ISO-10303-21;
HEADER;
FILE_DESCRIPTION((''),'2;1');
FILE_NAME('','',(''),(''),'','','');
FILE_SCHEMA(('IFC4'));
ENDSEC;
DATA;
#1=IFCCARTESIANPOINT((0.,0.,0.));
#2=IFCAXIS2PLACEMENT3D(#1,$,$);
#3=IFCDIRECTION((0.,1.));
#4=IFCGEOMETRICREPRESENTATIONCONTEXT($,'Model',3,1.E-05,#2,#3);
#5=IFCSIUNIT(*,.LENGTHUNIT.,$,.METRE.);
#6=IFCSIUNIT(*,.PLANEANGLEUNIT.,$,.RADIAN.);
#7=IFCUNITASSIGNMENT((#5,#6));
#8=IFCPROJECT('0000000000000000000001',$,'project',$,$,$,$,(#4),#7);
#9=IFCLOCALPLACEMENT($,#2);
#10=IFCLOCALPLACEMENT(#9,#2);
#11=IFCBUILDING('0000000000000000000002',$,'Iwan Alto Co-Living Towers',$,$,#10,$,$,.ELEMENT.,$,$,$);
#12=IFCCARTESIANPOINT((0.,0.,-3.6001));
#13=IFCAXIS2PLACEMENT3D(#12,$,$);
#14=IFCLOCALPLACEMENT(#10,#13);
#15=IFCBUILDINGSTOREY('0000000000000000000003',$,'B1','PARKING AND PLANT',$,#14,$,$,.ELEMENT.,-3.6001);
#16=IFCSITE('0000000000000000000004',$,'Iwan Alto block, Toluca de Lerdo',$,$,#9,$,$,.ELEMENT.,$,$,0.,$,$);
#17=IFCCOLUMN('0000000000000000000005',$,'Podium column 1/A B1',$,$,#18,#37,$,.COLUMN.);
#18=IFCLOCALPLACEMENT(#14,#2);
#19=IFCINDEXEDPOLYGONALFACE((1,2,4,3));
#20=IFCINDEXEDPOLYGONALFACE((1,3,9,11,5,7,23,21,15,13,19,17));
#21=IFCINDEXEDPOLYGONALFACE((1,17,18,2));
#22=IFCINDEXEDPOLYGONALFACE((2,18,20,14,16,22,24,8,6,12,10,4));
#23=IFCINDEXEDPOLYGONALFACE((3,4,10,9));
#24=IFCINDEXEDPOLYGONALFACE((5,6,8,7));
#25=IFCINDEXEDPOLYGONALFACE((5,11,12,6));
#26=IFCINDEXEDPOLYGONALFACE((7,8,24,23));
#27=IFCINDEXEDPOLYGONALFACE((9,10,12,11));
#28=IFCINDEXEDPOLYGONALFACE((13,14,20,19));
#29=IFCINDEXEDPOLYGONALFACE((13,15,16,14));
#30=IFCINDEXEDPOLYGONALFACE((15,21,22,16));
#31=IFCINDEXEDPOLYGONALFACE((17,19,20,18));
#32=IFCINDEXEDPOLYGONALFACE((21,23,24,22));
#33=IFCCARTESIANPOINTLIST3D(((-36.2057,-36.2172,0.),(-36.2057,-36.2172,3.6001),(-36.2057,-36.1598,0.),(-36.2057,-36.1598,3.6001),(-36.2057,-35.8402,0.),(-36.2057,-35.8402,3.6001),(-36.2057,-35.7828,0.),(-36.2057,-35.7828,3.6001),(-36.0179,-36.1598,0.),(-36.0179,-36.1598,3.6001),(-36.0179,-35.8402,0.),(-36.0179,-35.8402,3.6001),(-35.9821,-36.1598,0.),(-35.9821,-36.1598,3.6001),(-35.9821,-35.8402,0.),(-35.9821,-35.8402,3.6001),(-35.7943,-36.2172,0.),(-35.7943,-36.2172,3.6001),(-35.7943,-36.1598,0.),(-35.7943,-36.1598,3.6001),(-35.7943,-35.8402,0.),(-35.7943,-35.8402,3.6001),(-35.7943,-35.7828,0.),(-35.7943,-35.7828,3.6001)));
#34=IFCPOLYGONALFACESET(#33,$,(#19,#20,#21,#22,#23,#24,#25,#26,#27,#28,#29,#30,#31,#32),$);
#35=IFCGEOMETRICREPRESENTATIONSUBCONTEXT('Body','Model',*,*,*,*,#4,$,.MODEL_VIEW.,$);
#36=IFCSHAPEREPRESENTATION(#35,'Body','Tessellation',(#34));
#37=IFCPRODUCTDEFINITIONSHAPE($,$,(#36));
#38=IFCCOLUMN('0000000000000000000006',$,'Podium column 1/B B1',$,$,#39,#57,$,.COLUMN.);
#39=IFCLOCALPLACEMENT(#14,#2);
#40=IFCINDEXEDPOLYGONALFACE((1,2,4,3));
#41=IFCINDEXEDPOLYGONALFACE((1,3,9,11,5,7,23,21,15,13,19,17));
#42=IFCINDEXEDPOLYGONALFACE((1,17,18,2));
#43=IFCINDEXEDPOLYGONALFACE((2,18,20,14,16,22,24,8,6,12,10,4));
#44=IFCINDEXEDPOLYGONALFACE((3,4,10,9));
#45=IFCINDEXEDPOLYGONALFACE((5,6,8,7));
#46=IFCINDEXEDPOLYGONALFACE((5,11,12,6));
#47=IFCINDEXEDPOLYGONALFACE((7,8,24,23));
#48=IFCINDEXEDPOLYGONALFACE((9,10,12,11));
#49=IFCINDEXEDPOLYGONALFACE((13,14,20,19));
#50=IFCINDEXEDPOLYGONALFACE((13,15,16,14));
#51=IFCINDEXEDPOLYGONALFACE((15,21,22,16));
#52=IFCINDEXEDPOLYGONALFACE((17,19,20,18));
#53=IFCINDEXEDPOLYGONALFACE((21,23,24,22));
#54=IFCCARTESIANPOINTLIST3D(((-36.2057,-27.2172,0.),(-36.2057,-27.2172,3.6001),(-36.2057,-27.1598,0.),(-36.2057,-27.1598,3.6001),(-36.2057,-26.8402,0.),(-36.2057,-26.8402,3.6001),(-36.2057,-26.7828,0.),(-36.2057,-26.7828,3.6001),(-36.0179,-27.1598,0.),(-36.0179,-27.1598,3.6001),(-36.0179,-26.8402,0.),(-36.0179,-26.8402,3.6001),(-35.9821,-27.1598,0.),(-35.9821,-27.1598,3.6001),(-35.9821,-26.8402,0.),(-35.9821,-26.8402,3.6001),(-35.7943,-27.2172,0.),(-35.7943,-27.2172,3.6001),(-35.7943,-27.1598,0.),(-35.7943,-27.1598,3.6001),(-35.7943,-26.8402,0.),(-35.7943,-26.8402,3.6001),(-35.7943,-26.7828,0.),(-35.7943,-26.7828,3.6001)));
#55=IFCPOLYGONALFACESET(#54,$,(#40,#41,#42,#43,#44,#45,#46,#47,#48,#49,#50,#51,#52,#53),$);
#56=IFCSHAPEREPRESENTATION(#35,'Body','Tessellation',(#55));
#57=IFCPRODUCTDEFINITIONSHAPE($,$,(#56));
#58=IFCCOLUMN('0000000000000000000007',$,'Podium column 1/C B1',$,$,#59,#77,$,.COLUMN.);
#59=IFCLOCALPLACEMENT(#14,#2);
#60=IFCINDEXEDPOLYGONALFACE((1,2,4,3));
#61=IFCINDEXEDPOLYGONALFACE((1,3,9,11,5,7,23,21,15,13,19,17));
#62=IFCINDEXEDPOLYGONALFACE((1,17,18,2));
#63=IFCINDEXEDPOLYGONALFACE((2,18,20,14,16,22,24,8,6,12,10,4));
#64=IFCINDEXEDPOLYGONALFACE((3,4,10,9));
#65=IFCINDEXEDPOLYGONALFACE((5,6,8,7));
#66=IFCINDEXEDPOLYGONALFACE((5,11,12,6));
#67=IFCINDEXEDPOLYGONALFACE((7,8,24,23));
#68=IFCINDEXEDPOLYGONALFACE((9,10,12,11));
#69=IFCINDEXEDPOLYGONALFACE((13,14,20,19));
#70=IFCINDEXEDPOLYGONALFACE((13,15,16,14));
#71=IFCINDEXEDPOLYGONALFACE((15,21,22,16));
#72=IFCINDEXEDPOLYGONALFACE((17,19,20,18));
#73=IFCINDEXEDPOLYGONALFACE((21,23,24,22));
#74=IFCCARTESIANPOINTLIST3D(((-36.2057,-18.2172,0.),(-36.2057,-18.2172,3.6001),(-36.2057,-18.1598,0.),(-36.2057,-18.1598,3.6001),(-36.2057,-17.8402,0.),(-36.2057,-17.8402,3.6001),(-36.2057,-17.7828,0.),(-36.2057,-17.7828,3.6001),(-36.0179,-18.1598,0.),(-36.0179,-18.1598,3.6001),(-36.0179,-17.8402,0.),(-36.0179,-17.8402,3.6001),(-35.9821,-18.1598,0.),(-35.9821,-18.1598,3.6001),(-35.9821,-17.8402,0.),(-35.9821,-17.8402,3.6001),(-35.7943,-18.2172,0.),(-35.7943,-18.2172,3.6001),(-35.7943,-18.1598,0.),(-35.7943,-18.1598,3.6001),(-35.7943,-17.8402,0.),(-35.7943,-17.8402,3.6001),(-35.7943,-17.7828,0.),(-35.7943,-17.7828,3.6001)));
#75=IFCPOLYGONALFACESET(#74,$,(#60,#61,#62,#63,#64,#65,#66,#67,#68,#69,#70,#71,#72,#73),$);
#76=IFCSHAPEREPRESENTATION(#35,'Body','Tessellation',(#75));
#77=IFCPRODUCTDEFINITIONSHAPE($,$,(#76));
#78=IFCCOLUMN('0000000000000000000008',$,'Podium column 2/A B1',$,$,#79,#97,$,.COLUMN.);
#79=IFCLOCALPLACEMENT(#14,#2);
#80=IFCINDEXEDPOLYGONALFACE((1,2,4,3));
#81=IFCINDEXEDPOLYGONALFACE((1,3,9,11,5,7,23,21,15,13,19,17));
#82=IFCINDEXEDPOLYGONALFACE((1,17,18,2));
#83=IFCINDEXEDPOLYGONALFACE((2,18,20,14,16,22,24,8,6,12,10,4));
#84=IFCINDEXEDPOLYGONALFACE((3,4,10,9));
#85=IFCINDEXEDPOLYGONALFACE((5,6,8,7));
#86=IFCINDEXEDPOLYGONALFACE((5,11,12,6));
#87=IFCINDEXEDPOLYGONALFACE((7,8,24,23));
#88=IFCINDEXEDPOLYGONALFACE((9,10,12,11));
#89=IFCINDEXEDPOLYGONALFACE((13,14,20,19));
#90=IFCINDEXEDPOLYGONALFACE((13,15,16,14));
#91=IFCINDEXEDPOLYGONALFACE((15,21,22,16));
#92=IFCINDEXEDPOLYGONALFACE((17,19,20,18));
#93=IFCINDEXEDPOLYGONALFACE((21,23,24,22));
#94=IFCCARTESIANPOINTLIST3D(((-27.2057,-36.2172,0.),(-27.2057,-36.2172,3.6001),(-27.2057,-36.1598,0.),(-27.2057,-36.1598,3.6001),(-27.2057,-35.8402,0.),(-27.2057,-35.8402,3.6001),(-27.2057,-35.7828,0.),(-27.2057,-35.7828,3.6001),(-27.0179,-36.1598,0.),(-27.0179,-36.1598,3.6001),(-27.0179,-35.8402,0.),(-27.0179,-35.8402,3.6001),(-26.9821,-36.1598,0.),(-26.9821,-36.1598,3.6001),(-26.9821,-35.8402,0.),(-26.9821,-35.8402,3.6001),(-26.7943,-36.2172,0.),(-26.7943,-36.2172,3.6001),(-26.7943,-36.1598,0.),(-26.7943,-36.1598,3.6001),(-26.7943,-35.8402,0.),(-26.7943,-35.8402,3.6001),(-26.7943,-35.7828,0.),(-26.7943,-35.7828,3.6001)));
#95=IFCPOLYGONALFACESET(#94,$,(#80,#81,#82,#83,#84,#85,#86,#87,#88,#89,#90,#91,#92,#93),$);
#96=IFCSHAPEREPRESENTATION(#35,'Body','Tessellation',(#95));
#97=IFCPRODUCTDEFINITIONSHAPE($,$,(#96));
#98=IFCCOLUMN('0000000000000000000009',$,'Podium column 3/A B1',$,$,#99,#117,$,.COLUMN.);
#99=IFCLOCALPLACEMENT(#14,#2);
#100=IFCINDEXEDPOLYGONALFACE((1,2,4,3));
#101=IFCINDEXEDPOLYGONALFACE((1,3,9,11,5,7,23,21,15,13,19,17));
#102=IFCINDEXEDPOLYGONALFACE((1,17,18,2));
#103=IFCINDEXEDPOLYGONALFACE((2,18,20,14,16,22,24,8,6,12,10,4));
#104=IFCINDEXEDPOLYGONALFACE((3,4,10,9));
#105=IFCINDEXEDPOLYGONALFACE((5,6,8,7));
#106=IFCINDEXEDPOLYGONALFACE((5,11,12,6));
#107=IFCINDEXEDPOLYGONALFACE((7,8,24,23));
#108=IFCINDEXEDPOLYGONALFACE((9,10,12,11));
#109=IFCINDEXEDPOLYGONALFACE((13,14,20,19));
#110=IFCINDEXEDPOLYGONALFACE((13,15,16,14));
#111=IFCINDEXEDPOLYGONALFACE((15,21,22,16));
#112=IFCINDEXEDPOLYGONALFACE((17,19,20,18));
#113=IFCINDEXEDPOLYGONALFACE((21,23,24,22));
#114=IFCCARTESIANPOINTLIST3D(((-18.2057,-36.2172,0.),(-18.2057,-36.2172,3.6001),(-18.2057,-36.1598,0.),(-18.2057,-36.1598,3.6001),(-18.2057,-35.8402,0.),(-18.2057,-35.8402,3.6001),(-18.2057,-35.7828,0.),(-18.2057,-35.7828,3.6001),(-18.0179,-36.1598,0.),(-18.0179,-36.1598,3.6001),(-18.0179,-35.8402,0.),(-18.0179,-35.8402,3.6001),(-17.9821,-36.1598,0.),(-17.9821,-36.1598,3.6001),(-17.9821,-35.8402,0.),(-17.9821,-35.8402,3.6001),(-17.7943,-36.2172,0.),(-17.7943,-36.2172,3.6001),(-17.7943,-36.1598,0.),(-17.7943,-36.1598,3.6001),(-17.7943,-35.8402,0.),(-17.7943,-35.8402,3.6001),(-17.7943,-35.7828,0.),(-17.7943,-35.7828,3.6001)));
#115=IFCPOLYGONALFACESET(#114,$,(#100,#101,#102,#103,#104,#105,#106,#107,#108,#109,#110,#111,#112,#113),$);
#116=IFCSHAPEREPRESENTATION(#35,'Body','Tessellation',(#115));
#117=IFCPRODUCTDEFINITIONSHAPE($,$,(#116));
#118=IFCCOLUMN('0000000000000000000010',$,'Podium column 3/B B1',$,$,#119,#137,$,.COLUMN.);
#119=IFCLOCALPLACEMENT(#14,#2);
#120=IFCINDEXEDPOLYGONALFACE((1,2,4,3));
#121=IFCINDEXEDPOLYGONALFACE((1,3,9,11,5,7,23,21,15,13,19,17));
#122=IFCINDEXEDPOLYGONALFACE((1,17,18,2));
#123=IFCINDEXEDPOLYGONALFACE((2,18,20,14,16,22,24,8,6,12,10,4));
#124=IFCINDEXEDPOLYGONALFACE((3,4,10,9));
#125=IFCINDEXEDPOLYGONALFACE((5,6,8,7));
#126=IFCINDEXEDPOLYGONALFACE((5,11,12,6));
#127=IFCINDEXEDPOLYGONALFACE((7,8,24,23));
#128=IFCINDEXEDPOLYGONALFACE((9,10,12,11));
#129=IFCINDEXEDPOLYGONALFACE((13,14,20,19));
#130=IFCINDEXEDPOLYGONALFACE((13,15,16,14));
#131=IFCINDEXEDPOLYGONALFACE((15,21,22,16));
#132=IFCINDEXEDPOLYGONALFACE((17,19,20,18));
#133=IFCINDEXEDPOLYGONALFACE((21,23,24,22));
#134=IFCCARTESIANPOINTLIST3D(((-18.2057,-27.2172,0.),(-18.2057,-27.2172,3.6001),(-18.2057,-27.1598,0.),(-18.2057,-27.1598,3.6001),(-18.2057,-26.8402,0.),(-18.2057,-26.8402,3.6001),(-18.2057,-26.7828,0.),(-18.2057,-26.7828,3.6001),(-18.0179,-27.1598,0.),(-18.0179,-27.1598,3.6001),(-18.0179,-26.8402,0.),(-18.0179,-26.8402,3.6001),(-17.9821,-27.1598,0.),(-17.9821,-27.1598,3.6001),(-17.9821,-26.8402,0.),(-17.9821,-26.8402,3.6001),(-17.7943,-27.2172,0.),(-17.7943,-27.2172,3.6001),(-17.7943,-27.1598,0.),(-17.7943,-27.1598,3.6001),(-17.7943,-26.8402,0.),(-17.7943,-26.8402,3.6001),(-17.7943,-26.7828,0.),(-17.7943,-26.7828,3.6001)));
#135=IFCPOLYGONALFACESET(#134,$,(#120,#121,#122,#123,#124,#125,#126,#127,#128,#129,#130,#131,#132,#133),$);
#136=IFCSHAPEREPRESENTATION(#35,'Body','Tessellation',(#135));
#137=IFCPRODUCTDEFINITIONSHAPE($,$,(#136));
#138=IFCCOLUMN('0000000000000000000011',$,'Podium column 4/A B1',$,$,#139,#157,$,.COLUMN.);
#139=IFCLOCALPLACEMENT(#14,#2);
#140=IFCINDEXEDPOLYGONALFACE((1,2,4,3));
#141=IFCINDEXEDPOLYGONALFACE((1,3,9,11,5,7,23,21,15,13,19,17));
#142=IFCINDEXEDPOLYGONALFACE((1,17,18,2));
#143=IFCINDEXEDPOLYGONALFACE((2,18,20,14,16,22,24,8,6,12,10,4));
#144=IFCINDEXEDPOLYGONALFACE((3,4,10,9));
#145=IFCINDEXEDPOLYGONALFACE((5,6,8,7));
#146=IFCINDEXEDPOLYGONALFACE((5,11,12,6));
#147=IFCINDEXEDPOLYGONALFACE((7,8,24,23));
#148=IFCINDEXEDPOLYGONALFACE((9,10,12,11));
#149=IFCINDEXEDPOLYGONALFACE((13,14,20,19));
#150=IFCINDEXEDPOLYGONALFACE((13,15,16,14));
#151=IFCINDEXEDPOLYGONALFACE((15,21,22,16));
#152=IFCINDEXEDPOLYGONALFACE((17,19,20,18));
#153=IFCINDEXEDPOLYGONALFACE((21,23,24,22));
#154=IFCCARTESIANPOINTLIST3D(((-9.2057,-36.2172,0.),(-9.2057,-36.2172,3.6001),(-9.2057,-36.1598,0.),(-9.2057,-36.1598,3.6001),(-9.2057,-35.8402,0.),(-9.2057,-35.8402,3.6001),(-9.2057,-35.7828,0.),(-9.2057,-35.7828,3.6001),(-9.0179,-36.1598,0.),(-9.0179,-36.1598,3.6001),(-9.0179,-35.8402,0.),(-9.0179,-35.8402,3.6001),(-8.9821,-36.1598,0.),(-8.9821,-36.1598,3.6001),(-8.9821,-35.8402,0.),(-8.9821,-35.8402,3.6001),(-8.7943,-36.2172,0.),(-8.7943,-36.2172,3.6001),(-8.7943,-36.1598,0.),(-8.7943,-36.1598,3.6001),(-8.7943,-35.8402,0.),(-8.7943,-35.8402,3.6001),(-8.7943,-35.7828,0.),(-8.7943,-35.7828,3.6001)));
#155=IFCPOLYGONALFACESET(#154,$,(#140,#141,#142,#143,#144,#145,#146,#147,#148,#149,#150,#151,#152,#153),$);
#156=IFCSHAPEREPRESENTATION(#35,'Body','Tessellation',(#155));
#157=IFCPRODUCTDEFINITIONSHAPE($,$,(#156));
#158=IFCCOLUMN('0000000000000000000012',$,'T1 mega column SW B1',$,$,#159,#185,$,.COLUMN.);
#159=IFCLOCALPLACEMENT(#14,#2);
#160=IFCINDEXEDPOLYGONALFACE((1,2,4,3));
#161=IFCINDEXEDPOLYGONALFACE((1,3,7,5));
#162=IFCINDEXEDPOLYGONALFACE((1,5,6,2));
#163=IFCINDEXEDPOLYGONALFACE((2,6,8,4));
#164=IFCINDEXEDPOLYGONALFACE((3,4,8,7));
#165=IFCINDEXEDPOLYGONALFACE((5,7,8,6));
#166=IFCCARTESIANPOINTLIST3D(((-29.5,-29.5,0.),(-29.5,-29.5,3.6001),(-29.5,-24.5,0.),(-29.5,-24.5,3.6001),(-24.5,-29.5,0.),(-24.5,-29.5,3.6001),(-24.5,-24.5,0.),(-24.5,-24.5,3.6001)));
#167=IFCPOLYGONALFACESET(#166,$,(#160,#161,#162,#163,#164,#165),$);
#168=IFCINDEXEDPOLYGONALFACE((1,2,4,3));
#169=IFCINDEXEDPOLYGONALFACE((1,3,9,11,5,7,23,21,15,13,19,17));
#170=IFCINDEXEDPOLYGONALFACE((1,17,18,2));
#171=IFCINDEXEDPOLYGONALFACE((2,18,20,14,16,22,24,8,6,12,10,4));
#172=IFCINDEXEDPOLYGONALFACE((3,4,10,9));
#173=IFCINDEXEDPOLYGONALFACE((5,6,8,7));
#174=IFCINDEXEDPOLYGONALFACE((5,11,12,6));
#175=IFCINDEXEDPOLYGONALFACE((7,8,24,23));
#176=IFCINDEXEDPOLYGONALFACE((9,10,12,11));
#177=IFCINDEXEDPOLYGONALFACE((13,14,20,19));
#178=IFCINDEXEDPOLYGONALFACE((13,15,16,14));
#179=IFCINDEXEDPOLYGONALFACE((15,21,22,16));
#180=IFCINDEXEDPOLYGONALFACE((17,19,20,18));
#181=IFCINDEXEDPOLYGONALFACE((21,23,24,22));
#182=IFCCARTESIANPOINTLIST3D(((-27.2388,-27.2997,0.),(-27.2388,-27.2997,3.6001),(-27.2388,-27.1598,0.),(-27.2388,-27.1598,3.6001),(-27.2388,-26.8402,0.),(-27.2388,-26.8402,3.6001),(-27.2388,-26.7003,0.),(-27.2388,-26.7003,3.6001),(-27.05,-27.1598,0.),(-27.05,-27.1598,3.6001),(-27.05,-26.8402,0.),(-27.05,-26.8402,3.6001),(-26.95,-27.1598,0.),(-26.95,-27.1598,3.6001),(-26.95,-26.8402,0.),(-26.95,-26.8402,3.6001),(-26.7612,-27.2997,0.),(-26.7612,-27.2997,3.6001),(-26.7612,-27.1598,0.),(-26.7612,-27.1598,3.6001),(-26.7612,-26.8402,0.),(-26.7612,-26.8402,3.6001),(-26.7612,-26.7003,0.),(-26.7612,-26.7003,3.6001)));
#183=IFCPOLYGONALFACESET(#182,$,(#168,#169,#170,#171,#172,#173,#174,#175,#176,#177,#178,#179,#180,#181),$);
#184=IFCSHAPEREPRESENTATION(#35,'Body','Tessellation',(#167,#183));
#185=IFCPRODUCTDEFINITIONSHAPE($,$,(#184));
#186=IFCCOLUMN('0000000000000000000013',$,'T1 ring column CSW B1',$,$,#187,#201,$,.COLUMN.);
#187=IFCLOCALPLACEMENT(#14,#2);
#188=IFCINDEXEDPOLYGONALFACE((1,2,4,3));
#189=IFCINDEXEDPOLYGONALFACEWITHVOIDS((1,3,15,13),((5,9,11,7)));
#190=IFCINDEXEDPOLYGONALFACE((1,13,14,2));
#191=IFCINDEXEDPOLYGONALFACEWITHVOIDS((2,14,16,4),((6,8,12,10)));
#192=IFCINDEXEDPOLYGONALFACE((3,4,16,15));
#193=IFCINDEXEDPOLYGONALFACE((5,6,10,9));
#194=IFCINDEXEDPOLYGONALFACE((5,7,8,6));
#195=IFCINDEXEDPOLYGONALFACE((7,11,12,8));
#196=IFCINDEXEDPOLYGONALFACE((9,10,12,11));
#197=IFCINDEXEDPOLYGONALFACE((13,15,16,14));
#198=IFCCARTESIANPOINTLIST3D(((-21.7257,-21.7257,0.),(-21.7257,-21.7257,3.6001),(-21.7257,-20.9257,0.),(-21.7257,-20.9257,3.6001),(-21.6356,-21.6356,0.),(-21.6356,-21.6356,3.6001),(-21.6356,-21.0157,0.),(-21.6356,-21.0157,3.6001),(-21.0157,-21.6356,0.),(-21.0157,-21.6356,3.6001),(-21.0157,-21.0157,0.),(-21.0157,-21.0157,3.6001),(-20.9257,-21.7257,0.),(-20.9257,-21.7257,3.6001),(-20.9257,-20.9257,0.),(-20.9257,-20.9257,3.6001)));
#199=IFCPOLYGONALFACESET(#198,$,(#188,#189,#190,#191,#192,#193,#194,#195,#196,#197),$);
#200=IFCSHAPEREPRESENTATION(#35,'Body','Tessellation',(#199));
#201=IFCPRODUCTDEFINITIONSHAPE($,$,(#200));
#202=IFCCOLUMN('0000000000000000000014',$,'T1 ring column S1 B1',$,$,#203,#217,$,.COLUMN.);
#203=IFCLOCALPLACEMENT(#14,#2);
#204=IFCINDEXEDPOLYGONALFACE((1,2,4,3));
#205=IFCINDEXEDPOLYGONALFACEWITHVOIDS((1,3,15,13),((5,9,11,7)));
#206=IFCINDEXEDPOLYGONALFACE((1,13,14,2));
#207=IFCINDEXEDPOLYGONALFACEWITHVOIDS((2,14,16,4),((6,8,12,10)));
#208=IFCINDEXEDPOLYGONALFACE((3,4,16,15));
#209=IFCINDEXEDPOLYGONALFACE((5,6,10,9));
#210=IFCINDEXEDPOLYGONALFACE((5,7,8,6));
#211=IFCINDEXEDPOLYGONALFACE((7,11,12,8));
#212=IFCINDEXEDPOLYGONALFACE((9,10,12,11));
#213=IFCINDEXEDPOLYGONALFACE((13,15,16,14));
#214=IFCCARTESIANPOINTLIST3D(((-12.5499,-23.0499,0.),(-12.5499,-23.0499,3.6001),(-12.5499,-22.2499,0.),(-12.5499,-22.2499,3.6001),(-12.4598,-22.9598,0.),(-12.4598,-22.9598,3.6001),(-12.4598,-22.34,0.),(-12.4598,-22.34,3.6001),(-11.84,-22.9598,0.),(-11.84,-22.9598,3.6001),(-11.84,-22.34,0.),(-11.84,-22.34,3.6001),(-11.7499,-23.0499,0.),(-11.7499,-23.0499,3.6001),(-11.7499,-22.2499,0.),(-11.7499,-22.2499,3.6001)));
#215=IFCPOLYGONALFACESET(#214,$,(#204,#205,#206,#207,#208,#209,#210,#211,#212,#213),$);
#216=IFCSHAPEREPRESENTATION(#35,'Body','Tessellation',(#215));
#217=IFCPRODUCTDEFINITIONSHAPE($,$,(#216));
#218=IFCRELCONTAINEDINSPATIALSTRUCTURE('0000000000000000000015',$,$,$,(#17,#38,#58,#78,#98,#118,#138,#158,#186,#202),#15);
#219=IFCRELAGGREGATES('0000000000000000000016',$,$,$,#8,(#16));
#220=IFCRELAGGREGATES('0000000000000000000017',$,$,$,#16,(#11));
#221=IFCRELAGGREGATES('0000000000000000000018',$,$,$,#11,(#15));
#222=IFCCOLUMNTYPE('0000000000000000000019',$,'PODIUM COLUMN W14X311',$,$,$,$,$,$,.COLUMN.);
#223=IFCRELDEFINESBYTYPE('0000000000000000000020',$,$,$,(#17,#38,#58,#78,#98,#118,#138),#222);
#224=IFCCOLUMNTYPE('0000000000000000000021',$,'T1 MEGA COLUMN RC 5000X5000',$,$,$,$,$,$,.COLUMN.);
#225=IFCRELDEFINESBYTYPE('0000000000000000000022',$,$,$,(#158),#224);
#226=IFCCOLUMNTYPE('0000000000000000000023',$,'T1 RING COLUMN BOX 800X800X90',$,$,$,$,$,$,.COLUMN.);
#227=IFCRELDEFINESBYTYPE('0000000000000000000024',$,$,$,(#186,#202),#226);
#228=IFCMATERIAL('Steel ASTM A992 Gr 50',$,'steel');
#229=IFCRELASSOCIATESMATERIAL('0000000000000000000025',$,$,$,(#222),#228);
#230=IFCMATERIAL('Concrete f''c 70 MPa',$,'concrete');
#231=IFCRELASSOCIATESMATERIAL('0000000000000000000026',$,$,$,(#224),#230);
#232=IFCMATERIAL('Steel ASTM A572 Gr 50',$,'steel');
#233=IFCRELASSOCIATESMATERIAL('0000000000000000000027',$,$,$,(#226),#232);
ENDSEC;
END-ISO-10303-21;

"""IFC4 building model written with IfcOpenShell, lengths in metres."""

from ifc_helpers import new_model, si_unit, direction, frame, origin, origin_2d, place, context, subcontext, project, spatial, rectangle, hollow_rectangle, i_section, extrude, material, material_profile, profile_set, type_object, element, save


model = new_model("IFC4")

# Units and contexts
model_context = context("Model", 3, precision=1e-05, world=origin(), true_north=direction((0.0, 1.0)))
body_context = subcontext(model_context, "Body", "Model", "MODEL_VIEW")
ifc_project = project(units=[si_unit("LENGTHUNIT", "METRE"), si_unit("PLANEANGLEUNIT", "RADIAN")], contexts=[model_context])

# Site, building, storey
site_placement = place(None, origin())
site = spatial("IfcSite", under=ifc_project, at=site_placement, Name="Iwan Alto block, Toluca de Lerdo", CompositionType="ELEMENT", RefElevation=0.0)
building_placement = place(site_placement, origin())
building = spatial("IfcBuilding", under=site, at=building_placement, Name="Iwan Alto Co-Living Towers", CompositionType="ELEMENT")
storey_placement = place(building_placement, frame((0.0, 0.0, -3.6001)))
storey = spatial("IfcBuildingStorey", under=building, at=storey_placement, Name="B1", Description="PARKING AND PLANT", CompositionType="ELEMENT", Elevation=-3.6001)

# Columns
ifc_material_1 = material(Name="Steel ASTM A992 Gr 50", Category="steel")
ifc_material_profile_1 = material_profile(ifc_material_1, i_section(OverallWidth=0.4114, OverallDepth=0.4343, WebThickness=0.0359, FlangeThickness=0.0574, at=origin_2d()), Name="W14X311")
ifc_profile_set_1 = profile_set([ifc_material_profile_1], Name="Steel ASTM A992 Gr 50")
column_type_1 = type_object("IfcColumnType", Name="PODIUM COLUMN W14X311", PredefinedType="COLUMN", material=ifc_profile_set_1)
for number, where, z_axis, x_axis, name in (
    (1, (-36.0, -36.0, 0.0), (0.0, 0.0, 1.0), (1.0, 0.0, 0.0), "Podium column 1/A B1"),
    (2, (-36.0, -27.0, 0.0), (0.0, 0.0, 1.0), (1.0, 0.0, 0.0), "Podium column 1/B B1"),
    (3, (-36.0, -18.0, 0.0), (0.0, 0.0, 1.0), (1.0, 0.0, 0.0), "Podium column 1/C B1"),
    (4, (-27.0, -36.0, 0.0), (0.0, 0.0, 1.0), (1.0, 0.0, 0.0), "Podium column 2/A B1"),
    (5, (-18.0, -36.0, 0.0), (0.0, 0.0, 1.0), (1.0, 0.0, 0.0), "Podium column 3/A B1"),
    (6, (-18.0, -27.0, 0.0), (0.0, 0.0, 1.0), (1.0, 0.0, 0.0), "Podium column 3/B B1"),
    (7, (-9.0, -36.0, 0.0), (0.0, 0.0, 1.0), (1.0, 0.0, 0.0), "Podium column 4/A B1"),
):
    element("IfcColumn", number, at=place(storey_placement, frame(where, z_axis=z_axis, x_axis=x_axis)), inside=storey, type_object=column_type_1, Name=name, PredefinedType="COLUMN", context=body_context, shape_type="SweptSolid", body=[
        extrude(i_section(OverallWidth=0.4114, OverallDepth=0.4343, WebThickness=0.0359, FlangeThickness=0.0574, at=origin_2d()), origin(), (0.0, 0.0, 1.0), 3.6001),
    ])
ifc_material_2 = material(Name="Concrete f'c 70 MPa", Category="concrete")
ifc_material_profile_2 = material_profile(ifc_material_2, rectangle(XDim=5.0, YDim=5.0, at=origin_2d()), Name="RC 5000X5000")
ifc_profile_set_2 = profile_set([ifc_material_profile_2], Name="Concrete f'c 70 MPa")
column_type_2 = type_object("IfcColumnType", Name="T1 MEGA COLUMN RC 5000X5000", PredefinedType="COLUMN", material=ifc_profile_set_2)
column_placement = place(storey_placement, frame((-27.0, -27.0, 0.0), z_axis=(0.0, 0.0, 1.0), x_axis=(1.0, 0.0, 0.0)))
element("IfcColumn", 8, at=column_placement, inside=storey, type_object=column_type_2, Name="T1 mega column SW B1", PredefinedType="COLUMN", context=body_context, shape_type="SweptSolid", body=[
    extrude(rectangle(XDim=5.0, YDim=5.0, at=origin_2d()), origin(), (0.0, 0.0, 1.0), 3.6001),
    extrude(i_section(OverallWidth=0.4775, OverallDepth=0.5994, WebThickness=0.1001, FlangeThickness=0.1399, at=origin_2d()), origin(), (0.0, 0.0, 1.0), 3.6001),
])
ifc_material_3 = material(Name="Steel ASTM A572 Gr 50", Category="steel")
ifc_material_profile_3 = material_profile(ifc_material_3, hollow_rectangle(XDim=0.8, YDim=0.8, WallThickness=0.0901, at=origin_2d()), Name="BOX 800X800X90")
ifc_profile_set_3 = profile_set([ifc_material_profile_3], Name="Steel ASTM A572 Gr 50")
column_type_3 = type_object("IfcColumnType", Name="T1 RING COLUMN BOX 800X800X90", PredefinedType="COLUMN", material=ifc_profile_set_3)
for number, where, z_axis, x_axis, name in (
    (9, (-21.3257, -21.3257, 0.0), (0.0, 0.0, 1.0), (1.0, 0.0, 0.0), "T1 ring column CSW B1"),
    (10, (-12.1499, -22.6499, 0.0), (0.0, 0.0, 1.0), (1.0, 0.0, 0.0), "T1 ring column S1 B1"),
):
    element("IfcColumn", number, at=place(storey_placement, frame(where, z_axis=z_axis, x_axis=x_axis)), inside=storey, type_object=column_type_3, Name=name, PredefinedType="COLUMN", context=body_context, shape_type="SweptSolid", body=[
        extrude(hollow_rectangle(XDim=0.8, YDim=0.8, WallThickness=0.0901, at=origin_2d()), origin(), (0.0, 0.0, 1.0), 3.6001),
    ])

save(model, "model.ifc")
